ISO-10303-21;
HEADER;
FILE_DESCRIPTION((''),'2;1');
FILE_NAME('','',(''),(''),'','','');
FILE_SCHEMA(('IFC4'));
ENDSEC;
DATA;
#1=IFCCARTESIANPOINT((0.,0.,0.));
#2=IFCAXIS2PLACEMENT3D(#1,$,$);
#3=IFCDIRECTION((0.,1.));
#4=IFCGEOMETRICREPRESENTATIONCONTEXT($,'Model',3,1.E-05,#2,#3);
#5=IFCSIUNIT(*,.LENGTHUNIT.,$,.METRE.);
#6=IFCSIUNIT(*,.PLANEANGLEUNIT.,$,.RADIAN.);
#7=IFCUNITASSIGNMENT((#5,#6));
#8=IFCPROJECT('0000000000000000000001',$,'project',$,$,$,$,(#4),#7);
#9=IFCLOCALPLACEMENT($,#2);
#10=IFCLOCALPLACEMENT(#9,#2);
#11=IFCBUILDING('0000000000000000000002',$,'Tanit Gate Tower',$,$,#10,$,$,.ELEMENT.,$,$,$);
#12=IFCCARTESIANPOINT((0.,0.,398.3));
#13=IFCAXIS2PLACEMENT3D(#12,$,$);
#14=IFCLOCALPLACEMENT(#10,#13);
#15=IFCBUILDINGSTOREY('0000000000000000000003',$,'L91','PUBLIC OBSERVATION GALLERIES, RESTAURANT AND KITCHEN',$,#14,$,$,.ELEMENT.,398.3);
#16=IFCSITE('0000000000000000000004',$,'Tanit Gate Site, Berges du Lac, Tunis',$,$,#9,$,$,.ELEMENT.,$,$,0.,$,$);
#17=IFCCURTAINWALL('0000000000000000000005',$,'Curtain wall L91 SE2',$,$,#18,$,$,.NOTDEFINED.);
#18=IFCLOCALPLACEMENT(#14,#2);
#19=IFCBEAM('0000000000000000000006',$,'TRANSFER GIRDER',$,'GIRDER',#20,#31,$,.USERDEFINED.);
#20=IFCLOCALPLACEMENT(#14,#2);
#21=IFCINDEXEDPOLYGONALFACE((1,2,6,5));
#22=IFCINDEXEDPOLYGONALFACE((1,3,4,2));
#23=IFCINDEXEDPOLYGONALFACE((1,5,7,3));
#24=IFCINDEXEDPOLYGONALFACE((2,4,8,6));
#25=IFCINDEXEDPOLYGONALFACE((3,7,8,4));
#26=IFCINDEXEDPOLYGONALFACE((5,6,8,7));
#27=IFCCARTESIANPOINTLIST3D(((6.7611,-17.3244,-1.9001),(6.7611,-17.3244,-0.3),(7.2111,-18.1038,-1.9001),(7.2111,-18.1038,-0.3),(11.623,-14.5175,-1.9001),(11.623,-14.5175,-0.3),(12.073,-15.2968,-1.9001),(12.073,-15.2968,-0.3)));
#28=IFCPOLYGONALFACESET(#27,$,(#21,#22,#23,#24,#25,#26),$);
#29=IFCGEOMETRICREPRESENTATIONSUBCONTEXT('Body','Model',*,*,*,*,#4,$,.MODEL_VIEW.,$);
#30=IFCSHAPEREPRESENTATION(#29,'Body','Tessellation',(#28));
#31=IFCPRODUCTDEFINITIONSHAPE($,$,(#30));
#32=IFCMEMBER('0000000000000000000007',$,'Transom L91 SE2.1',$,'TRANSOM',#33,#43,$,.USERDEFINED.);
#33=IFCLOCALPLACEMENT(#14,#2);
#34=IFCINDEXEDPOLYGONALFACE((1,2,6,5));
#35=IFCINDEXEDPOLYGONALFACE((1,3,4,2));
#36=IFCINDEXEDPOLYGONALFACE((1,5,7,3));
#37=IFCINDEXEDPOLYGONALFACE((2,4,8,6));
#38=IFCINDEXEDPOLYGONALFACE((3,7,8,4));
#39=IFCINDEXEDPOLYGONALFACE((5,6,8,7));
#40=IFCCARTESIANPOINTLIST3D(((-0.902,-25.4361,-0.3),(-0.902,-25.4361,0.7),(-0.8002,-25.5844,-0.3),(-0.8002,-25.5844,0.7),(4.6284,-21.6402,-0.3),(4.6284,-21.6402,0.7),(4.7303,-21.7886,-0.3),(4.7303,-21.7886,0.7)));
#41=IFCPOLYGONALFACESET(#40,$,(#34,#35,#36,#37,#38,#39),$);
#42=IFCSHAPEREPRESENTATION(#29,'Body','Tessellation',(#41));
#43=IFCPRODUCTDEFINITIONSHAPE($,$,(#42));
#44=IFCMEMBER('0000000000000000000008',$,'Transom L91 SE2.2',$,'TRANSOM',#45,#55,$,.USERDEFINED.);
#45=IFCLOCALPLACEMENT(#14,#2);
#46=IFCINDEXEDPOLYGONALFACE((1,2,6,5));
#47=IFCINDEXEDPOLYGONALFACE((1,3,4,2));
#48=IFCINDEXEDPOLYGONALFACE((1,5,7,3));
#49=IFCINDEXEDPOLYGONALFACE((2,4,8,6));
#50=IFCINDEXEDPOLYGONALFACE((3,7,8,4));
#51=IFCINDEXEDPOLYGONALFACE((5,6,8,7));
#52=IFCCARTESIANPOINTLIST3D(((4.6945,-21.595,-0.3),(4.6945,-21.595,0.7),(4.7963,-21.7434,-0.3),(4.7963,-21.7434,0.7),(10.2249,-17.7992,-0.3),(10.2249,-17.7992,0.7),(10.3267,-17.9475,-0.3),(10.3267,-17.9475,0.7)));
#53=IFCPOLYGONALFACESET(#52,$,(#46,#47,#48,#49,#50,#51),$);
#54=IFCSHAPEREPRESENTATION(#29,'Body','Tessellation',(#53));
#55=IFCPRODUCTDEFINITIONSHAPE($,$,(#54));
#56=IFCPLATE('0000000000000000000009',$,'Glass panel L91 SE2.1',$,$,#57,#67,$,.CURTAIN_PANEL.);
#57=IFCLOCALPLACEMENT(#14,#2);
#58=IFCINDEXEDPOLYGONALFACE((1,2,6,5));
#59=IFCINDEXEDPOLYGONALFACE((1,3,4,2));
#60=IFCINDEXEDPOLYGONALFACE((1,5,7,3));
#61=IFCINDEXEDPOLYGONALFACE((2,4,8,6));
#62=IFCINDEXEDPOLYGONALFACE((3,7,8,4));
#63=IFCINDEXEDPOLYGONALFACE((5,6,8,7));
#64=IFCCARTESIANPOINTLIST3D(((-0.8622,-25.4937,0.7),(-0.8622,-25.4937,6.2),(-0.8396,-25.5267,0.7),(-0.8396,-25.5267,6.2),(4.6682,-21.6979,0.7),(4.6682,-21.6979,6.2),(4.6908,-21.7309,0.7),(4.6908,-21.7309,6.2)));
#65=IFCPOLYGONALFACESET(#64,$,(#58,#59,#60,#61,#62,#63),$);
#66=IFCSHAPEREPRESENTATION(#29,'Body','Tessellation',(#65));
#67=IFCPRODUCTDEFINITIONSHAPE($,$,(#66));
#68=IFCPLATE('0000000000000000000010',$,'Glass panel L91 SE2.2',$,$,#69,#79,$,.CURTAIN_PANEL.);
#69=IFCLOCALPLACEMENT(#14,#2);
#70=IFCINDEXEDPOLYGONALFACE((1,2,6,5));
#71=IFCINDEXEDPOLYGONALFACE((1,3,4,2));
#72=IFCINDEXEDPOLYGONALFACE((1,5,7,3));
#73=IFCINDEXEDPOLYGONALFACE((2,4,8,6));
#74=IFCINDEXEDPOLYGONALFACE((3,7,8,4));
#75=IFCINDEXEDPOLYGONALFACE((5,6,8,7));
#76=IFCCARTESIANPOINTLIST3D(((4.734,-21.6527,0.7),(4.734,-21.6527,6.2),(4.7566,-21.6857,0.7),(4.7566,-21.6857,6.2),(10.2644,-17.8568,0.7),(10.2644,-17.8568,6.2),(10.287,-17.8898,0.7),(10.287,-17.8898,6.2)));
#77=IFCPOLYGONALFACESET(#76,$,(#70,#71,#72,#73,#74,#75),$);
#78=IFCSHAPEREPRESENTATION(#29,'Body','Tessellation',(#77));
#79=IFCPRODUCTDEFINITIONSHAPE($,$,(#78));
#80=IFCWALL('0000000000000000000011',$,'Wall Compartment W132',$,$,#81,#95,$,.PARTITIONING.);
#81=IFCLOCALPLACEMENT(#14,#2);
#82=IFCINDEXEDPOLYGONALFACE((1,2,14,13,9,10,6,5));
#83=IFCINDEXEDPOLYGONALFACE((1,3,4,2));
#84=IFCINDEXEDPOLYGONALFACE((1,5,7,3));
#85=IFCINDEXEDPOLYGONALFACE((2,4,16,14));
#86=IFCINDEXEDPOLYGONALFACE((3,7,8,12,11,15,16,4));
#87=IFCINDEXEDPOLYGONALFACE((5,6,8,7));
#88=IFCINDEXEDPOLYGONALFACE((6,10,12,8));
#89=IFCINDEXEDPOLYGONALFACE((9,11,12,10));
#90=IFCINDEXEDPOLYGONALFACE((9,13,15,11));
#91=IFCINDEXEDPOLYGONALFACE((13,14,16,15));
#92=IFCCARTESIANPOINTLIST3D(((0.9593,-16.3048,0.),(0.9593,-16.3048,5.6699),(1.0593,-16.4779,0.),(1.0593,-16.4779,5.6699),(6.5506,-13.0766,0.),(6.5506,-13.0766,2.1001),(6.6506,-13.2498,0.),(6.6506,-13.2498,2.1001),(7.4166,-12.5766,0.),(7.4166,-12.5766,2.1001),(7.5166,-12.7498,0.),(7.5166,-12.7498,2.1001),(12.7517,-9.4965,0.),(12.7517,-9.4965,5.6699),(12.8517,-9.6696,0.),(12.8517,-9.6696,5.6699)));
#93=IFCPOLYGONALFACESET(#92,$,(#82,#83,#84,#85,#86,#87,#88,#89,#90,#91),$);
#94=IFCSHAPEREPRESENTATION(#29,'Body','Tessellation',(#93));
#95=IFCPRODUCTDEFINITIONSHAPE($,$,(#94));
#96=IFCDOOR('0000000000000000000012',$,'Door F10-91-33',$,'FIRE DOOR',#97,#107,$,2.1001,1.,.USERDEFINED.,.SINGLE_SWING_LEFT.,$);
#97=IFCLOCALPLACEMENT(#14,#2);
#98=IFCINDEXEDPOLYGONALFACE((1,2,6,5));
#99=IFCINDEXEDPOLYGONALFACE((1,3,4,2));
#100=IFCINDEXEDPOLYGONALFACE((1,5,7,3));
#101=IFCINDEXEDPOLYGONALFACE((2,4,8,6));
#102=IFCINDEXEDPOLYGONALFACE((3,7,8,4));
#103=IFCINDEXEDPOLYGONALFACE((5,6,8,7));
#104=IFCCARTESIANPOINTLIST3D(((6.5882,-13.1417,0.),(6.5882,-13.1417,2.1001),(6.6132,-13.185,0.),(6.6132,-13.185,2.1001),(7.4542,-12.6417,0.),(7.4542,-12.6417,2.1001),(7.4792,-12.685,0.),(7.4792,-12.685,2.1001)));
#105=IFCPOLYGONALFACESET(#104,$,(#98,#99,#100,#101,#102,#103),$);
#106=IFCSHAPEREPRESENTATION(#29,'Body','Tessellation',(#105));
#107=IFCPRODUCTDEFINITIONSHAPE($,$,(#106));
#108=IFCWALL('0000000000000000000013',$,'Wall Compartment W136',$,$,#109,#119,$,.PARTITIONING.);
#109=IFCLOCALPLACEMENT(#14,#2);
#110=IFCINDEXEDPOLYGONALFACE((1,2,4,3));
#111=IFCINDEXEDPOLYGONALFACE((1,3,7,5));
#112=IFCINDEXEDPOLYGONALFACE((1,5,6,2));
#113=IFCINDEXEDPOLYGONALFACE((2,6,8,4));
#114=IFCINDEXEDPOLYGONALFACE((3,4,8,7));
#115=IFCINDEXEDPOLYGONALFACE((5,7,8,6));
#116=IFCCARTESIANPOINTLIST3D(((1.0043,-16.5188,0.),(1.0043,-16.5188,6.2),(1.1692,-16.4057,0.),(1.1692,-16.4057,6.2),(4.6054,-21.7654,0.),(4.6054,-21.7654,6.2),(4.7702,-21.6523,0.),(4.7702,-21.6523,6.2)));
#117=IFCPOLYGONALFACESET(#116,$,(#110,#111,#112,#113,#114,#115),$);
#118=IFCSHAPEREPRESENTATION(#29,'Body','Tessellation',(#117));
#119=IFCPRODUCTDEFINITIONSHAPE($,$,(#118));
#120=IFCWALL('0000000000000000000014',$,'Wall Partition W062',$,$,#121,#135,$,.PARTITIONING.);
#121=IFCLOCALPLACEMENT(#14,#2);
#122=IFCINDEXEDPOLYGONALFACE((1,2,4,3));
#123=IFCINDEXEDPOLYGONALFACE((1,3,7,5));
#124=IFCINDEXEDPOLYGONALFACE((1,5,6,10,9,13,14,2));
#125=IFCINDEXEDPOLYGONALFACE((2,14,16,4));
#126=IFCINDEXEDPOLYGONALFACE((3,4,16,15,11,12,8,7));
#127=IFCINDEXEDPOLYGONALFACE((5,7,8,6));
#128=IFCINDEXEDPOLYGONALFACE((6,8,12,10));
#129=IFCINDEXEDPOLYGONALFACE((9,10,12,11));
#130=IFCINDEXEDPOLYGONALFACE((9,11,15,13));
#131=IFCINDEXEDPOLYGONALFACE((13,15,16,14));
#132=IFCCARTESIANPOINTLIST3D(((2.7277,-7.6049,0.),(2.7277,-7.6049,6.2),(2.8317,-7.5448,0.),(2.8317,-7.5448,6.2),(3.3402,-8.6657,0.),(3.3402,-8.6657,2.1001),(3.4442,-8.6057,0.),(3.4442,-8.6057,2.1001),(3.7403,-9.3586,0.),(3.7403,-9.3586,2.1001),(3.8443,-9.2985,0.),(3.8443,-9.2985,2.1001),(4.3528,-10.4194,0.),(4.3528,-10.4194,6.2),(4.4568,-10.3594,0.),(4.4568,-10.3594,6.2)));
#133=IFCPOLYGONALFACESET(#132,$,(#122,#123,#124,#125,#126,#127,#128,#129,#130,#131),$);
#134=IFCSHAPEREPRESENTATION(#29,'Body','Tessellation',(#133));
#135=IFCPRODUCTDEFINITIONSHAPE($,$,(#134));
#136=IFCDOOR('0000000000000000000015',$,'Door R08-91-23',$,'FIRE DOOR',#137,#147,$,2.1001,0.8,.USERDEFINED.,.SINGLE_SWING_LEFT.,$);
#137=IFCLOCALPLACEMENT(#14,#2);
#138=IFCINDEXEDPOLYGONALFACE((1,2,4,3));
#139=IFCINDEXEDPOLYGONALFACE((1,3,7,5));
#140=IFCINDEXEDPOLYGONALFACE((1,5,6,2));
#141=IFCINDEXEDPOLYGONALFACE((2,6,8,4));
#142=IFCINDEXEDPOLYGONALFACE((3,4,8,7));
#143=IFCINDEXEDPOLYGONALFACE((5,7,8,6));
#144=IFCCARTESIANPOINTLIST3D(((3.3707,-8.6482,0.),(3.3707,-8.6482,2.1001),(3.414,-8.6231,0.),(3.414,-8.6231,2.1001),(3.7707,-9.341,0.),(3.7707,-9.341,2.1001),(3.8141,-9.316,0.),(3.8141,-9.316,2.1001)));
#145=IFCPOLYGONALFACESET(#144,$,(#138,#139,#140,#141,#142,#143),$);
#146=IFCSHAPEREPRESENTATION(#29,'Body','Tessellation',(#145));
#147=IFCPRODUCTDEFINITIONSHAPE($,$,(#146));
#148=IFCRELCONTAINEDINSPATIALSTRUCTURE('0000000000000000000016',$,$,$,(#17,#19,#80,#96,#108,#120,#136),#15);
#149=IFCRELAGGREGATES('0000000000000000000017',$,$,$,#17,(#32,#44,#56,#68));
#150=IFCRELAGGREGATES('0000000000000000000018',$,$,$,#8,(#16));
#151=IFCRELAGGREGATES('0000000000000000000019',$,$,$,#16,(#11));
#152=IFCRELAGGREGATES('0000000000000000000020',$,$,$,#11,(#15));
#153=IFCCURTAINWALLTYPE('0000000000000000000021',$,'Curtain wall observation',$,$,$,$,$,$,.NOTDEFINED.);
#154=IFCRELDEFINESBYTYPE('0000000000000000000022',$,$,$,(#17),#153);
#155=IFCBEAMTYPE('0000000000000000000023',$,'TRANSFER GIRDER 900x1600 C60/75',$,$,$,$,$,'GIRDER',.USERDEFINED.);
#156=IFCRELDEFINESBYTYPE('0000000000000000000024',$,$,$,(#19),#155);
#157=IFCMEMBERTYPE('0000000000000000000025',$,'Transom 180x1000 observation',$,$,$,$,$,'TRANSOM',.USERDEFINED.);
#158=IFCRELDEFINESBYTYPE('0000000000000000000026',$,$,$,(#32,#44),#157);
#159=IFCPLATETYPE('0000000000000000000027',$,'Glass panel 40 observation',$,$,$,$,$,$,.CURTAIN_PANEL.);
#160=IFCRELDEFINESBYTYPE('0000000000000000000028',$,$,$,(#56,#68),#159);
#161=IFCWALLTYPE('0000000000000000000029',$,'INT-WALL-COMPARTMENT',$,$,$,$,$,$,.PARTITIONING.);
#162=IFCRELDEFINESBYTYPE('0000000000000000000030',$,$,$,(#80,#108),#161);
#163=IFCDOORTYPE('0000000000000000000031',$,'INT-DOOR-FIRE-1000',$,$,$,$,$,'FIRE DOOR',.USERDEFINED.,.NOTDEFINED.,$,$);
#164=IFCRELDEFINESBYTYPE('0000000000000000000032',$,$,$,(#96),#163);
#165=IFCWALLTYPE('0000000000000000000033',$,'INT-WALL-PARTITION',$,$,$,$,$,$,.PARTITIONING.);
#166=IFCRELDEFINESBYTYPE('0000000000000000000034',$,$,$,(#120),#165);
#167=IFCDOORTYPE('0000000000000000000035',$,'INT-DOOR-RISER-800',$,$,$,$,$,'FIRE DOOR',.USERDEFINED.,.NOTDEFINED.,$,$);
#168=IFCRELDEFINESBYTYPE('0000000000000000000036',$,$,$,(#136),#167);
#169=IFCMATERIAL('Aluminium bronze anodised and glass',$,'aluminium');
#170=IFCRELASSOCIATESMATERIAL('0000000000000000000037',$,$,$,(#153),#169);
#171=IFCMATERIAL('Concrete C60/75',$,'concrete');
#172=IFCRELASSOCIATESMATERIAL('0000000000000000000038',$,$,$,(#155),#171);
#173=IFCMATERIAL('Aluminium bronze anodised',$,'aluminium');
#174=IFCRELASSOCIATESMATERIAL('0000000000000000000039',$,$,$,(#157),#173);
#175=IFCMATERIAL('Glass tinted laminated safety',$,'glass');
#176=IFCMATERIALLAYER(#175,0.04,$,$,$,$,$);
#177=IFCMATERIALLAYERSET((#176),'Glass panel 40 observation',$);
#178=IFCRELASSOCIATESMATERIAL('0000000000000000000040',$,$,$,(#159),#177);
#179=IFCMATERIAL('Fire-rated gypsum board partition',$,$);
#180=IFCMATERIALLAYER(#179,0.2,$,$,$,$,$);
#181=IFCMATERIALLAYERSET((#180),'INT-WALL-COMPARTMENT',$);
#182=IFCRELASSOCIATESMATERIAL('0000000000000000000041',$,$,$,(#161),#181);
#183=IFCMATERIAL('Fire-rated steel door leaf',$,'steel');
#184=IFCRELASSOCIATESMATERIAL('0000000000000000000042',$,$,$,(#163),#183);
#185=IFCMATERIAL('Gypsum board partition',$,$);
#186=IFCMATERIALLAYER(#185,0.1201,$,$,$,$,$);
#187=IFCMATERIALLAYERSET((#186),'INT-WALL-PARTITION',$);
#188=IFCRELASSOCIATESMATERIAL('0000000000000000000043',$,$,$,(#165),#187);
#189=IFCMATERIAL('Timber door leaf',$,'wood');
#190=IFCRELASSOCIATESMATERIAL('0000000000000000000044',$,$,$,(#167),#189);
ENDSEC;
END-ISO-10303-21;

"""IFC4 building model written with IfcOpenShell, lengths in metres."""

from ifc_helpers import new_model, si_unit, direction, frame, frame_2d, origin, origin_2d, place, context, subcontext, project, spatial, rectangle, extrude, material, layer, layer_set, material_profile, profile_set, type_object, element, fill, aggregate, save


model = new_model("IFC4")

# Units and contexts
model_context = context("Model", 3, precision=1e-05, world=origin(), true_north=direction((0.0, 1.0)))
body_context = subcontext(model_context, "Body", "Model", "MODEL_VIEW")
ifc_project = project(units=[si_unit("LENGTHUNIT", "METRE"), si_unit("PLANEANGLEUNIT", "RADIAN")], contexts=[model_context])

# Site, building, storey
site_placement = place(None, origin())
site = spatial("IfcSite", under=ifc_project, at=site_placement, Name="Tanit Gate Site, Berges du Lac, Tunis", CompositionType="ELEMENT", RefElevation=0.0)
building_placement = place(site_placement, origin())
building = spatial("IfcBuilding", under=site, at=building_placement, Name="Tanit Gate Tower", CompositionType="ELEMENT")
storey_placement = place(building_placement, frame((0.0, 0.0, 398.3)))
storey = spatial("IfcBuildingStorey", under=building, at=storey_placement, Name="L91", Description="PUBLIC OBSERVATION GALLERIES, RESTAURANT AND KITCHEN", CompositionType="ELEMENT", Elevation=398.3)

# Shared definitions
ifc_material_1 = material(Name="Aluminium bronze anodised and glass", Category="aluminium")
curtain_wall_type = type_object("IfcCurtainWallType", Name="Curtain wall observation", PredefinedType="NOTDEFINED", material=ifc_material_1)

# Curtain wall
curtain_wall_1_placement = place(storey_placement, origin())
curtain_wall_1 = element("IfcCurtainWall", 1, at=curtain_wall_1_placement, inside=storey, type_object=curtain_wall_type, Name="Curtain wall L91 SE2", PredefinedType="NOTDEFINED")

# Beam
ifc_material_2 = material(Name="Concrete C60/75", Category="concrete")
ifc_material_profile_1 = material_profile(ifc_material_2, rectangle(XDim=0.8999, YDim=1.6001, at=origin_2d()), Name="RC 900x1600")
ifc_profile_set_1 = profile_set([ifc_material_profile_1], Name="Concrete C60/75")
beam_type_1 = type_object("IfcBeamType", Name="TRANSFER GIRDER 900x1600 C60/75", ElementType="GIRDER", PredefinedType="USERDEFINED", material=ifc_profile_set_1)
for number, where, z_axis, x_axis, name in (
    (2, (6.9861, -17.7141, -1.1001), (0.866032, 0.499988, 0.0), (-0.499988, 0.866032, 0.0), "TRANSFER GIRDER"),
):
    element("IfcBeam", number, at=place(storey_placement, frame(where, z_axis=z_axis, x_axis=x_axis)), inside=storey, type_object=beam_type_1, Name=name, ObjectType="GIRDER", PredefinedType="USERDEFINED", context=body_context, shape_type="SweptSolid", body=[
        extrude(rectangle(XDim=0.8999, YDim=1.6001, at=origin_2d()), origin(), (0.0, 0.0, 1.0), 5.614),
    ])

# Members
ifc_material_3 = material(Name="Aluminium bronze anodised", Category="aluminium")
ifc_material_profile_2 = material_profile(ifc_material_3, rectangle(XDim=0.1799, YDim=1.0, at=origin_2d()), Name="180x1000 bronze transom")
ifc_profile_set_2 = profile_set([ifc_material_profile_2], Name="Aluminium bronze anodised")
member_type_1 = type_object("IfcMemberType", Name="Transom 180x1000 observation", ElementType="TRANSOM", PredefinedType="USERDEFINED", material=ifc_profile_set_2)
member_1_placement = place(storey_placement, frame((-0.8511, -25.5103, 0.2), z_axis=(0.824482, 0.565888, 0.0), x_axis=(-0.565888, 0.824482, 0.0)))
member_1 = element("IfcMember", 3, at=member_1_placement, type_object=member_type_1, Name="Transom L91 SE2.1", ObjectType="TRANSOM", PredefinedType="USERDEFINED", context=body_context, shape_type="SweptSolid", body=[
    extrude(rectangle(XDim=0.1799, YDim=1.0, at=origin_2d()), origin(), (0.0, 0.0, 1.0), 6.7078),
])
member_2_placement = place(storey_placement, frame((4.7454, -21.6692, 0.2), z_axis=(0.824482, 0.565888, 0.0), x_axis=(-0.565888, 0.824482, 0.0)))
member_2 = element("IfcMember", 4, at=member_2_placement, type_object=member_type_1, Name="Transom L91 SE2.2", ObjectType="TRANSOM", PredefinedType="USERDEFINED", context=body_context, shape_type="SweptSolid", body=[
    extrude(rectangle(XDim=0.1799, YDim=1.0, at=origin_2d()), origin(), (0.0, 0.0, 1.0), 6.7078),
])

# Plates
ifc_material_4 = material(Name="Glass tinted laminated safety", Category="glass")
ifc_layer_1 = layer(ifc_material_4, 0.04)
ifc_layer_set_1 = layer_set([ifc_layer_1], Name="Glass panel 40 observation")
plate_type = type_object("IfcPlateType", Name="Glass panel 40 observation", PredefinedType="CURTAIN_PANEL", material=ifc_layer_set_1)
plate_1_placement = place(storey_placement, frame((1.9143, -23.6123, 0.7), z_axis=(0.0, 0.0, 1.0), x_axis=(0.824479, 0.565893, 0.0)))
plate_1 = element("IfcPlate", 5, at=plate_1_placement, type_object=plate_type, Name="Glass panel L91 SE2.1", PredefinedType="CURTAIN_PANEL", context=body_context, shape_type="SweptSolid", body=[
    extrude(rectangle(XDim=6.7078, YDim=0.04, at=origin_2d()), origin(), (0.0, 0.0, 1.0), 5.5),
])
plate_2_placement = place(storey_placement, frame((7.5105, -19.7712, 0.7), z_axis=(0.0, 0.0, 1.0), x_axis=(0.824479, 0.565893, 0.0)))
plate_2 = element("IfcPlate", 6, at=plate_2_placement, type_object=plate_type, Name="Glass panel L91 SE2.2", PredefinedType="CURTAIN_PANEL", context=body_context, shape_type="SweptSolid", body=[
    extrude(rectangle(XDim=6.7078, YDim=0.04, at=origin_2d()), origin(), (0.0, 0.0, 1.0), 5.5),
])
aggregate(curtain_wall_1, [member_1, member_2, plate_1, plate_2])

# Wall, opening, door
ifc_material_5 = material(Name="Fire-rated gypsum board partition")
ifc_layer_2 = layer(ifc_material_5, 0.2)
ifc_layer_set_2 = layer_set([ifc_layer_2], Name="INT-WALL-COMPARTMENT")
wall_type_1 = type_object("IfcWallType", Name="INT-WALL-COMPARTMENT", PredefinedType="PARTITIONING", material=ifc_layer_set_2)
wall_1_placement = place(storey_placement, frame((1.0093, -16.3914, 0.0), z_axis=(0.0, 0.0, 1.0), x_axis=(0.866027, 0.499998, 0.0)))
wall_1 = element("IfcWall", 7, at=wall_1_placement, inside=storey, type_object=wall_type_1, Name="Wall Compartment W132", PredefinedType="PARTITIONING", context=body_context, shape_type="SweptSolid", body=[
    extrude(rectangle(XDim=13.6167, YDim=0.2, at=frame_2d((6.8083, 0.0))), origin(), (0.0, 0.0, 1.0), 5.6699),
])
opening_1_placement = place(wall_1_placement, frame((6.4563, 0.0, 0.0)))
opening_1 = element("IfcOpeningElement", 8, at=opening_1_placement, cuts=wall_1, PredefinedType="OPENING", context=body_context, shape_type="SweptSolid", body=[
    extrude(rectangle(XDim=1.0, YDim=2.1001, at=frame_2d((0.5, 1.05))), frame((0.0, 0.1099, 0.0), z_axis=(0.0, -1.0, 0.0), x_axis=(1.0, 0.0, 0.0)), (0.0, 0.0, 1.0), 0.22),
])
ifc_material_6 = material(Name="Fire-rated steel door leaf", Category="steel")
door_type_1 = type_object("IfcDoorType", Name="INT-DOOR-FIRE-1000", ElementType="FIRE DOOR", OperationType="NOTDEFINED", PredefinedType="USERDEFINED", material=ifc_material_6)
door_1_placement = place(opening_1_placement, origin())
door_1 = element("IfcDoor", 9, at=door_1_placement, inside=storey, type_object=door_type_1, Name="Door F10-91-33", ObjectType="FIRE DOOR", OperationType="SINGLE_SWING_LEFT", OverallHeight=2.1001, OverallWidth=1.0, PredefinedType="USERDEFINED", context=body_context, shape_type="SweptSolid", body=[
    extrude(rectangle(XDim=1.0, YDim=2.1001, at=frame_2d((0.5, 1.05))), frame((0.0, 0.0249, 0.0), z_axis=(0.0, -1.0, 0.0), x_axis=(1.0, 0.0, 0.0)), (0.0, 0.0, 1.0), 0.05),
])
fill(opening_1, door_1)

# Wall
wall_2_placement = place(storey_placement, frame((4.6877, -21.7087, 0.0), z_axis=(0.0, 0.0, 1.0), x_axis=(-0.565894, 0.824478, 0.0)))
element("IfcWall", 10, at=wall_2_placement, inside=storey, type_object=wall_type_1, Name="Wall Compartment W136", PredefinedType="PARTITIONING", context=body_context, shape_type="SweptSolid", body=[
    extrude(rectangle(XDim=6.3635, YDim=0.2, at=frame_2d((3.1816, 0.0))), origin(), (0.0, 0.0, 1.0), 6.2),
])

# Wall, opening, door
ifc_material_7 = material(Name="Gypsum board partition")
ifc_layer_3 = layer(ifc_material_7, 0.1201)
ifc_layer_set_3 = layer_set([ifc_layer_3], Name="INT-WALL-PARTITION")
wall_type_2 = type_object("IfcWallType", Name="INT-WALL-PARTITION", PredefinedType="PARTITIONING", material=ifc_layer_set_3)
wall_3_placement = place(storey_placement, frame((4.4048, -10.3894, 0.0), z_axis=(0.0, 0.0, 1.0), x_axis=(-0.500017, 0.866015, 0.0)))
wall_3 = element("IfcWall", 11, at=wall_3_placement, inside=storey, type_object=wall_type_2, Name="Wall Partition W062", PredefinedType="PARTITIONING", context=body_context, shape_type="SweptSolid", body=[
    extrude(rectangle(XDim=3.25, YDim=0.1201, at=frame_2d((1.625, 0.0))), origin(), (0.0, 0.0, 1.0), 6.2),
])
opening_2_placement = place(wall_3_placement, frame((1.2251, 0.0, 0.0)))
opening_2 = element("IfcOpeningElement", 12, at=opening_2_placement, cuts=wall_3, PredefinedType="OPENING", context=body_context, shape_type="SweptSolid", body=[
    extrude(rectangle(XDim=0.8, YDim=2.1001, at=frame_2d((0.3999, 1.05))), frame((0.0, 0.0701, 0.0), z_axis=(0.0, -1.0, 0.0), x_axis=(1.0, 0.0, 0.0)), (0.0, 0.0, 1.0), 0.1401),
])
ifc_material_8 = material(Name="Timber door leaf", Category="wood")
door_type_2 = type_object("IfcDoorType", Name="INT-DOOR-RISER-800", ElementType="FIRE DOOR", OperationType="NOTDEFINED", PredefinedType="USERDEFINED", material=ifc_material_8)
door_2_placement = place(opening_2_placement, origin())
door_2 = element("IfcDoor", 13, at=door_2_placement, inside=storey, type_object=door_type_2, Name="Door R08-91-23", ObjectType="FIRE DOOR", OperationType="SINGLE_SWING_LEFT", OverallHeight=2.1001, OverallWidth=0.8, PredefinedType="USERDEFINED", context=body_context, shape_type="SweptSolid", body=[
    extrude(rectangle(XDim=0.8, YDim=2.1001, at=frame_2d((0.3999, 1.05))), frame((0.0, 0.0249, 0.0), z_axis=(0.0, -1.0, 0.0), x_axis=(1.0, 0.0, 0.0)), (0.0, 0.0, 1.0), 0.05),
])
fill(opening_2, door_2)

save(model, "model.ifc")
